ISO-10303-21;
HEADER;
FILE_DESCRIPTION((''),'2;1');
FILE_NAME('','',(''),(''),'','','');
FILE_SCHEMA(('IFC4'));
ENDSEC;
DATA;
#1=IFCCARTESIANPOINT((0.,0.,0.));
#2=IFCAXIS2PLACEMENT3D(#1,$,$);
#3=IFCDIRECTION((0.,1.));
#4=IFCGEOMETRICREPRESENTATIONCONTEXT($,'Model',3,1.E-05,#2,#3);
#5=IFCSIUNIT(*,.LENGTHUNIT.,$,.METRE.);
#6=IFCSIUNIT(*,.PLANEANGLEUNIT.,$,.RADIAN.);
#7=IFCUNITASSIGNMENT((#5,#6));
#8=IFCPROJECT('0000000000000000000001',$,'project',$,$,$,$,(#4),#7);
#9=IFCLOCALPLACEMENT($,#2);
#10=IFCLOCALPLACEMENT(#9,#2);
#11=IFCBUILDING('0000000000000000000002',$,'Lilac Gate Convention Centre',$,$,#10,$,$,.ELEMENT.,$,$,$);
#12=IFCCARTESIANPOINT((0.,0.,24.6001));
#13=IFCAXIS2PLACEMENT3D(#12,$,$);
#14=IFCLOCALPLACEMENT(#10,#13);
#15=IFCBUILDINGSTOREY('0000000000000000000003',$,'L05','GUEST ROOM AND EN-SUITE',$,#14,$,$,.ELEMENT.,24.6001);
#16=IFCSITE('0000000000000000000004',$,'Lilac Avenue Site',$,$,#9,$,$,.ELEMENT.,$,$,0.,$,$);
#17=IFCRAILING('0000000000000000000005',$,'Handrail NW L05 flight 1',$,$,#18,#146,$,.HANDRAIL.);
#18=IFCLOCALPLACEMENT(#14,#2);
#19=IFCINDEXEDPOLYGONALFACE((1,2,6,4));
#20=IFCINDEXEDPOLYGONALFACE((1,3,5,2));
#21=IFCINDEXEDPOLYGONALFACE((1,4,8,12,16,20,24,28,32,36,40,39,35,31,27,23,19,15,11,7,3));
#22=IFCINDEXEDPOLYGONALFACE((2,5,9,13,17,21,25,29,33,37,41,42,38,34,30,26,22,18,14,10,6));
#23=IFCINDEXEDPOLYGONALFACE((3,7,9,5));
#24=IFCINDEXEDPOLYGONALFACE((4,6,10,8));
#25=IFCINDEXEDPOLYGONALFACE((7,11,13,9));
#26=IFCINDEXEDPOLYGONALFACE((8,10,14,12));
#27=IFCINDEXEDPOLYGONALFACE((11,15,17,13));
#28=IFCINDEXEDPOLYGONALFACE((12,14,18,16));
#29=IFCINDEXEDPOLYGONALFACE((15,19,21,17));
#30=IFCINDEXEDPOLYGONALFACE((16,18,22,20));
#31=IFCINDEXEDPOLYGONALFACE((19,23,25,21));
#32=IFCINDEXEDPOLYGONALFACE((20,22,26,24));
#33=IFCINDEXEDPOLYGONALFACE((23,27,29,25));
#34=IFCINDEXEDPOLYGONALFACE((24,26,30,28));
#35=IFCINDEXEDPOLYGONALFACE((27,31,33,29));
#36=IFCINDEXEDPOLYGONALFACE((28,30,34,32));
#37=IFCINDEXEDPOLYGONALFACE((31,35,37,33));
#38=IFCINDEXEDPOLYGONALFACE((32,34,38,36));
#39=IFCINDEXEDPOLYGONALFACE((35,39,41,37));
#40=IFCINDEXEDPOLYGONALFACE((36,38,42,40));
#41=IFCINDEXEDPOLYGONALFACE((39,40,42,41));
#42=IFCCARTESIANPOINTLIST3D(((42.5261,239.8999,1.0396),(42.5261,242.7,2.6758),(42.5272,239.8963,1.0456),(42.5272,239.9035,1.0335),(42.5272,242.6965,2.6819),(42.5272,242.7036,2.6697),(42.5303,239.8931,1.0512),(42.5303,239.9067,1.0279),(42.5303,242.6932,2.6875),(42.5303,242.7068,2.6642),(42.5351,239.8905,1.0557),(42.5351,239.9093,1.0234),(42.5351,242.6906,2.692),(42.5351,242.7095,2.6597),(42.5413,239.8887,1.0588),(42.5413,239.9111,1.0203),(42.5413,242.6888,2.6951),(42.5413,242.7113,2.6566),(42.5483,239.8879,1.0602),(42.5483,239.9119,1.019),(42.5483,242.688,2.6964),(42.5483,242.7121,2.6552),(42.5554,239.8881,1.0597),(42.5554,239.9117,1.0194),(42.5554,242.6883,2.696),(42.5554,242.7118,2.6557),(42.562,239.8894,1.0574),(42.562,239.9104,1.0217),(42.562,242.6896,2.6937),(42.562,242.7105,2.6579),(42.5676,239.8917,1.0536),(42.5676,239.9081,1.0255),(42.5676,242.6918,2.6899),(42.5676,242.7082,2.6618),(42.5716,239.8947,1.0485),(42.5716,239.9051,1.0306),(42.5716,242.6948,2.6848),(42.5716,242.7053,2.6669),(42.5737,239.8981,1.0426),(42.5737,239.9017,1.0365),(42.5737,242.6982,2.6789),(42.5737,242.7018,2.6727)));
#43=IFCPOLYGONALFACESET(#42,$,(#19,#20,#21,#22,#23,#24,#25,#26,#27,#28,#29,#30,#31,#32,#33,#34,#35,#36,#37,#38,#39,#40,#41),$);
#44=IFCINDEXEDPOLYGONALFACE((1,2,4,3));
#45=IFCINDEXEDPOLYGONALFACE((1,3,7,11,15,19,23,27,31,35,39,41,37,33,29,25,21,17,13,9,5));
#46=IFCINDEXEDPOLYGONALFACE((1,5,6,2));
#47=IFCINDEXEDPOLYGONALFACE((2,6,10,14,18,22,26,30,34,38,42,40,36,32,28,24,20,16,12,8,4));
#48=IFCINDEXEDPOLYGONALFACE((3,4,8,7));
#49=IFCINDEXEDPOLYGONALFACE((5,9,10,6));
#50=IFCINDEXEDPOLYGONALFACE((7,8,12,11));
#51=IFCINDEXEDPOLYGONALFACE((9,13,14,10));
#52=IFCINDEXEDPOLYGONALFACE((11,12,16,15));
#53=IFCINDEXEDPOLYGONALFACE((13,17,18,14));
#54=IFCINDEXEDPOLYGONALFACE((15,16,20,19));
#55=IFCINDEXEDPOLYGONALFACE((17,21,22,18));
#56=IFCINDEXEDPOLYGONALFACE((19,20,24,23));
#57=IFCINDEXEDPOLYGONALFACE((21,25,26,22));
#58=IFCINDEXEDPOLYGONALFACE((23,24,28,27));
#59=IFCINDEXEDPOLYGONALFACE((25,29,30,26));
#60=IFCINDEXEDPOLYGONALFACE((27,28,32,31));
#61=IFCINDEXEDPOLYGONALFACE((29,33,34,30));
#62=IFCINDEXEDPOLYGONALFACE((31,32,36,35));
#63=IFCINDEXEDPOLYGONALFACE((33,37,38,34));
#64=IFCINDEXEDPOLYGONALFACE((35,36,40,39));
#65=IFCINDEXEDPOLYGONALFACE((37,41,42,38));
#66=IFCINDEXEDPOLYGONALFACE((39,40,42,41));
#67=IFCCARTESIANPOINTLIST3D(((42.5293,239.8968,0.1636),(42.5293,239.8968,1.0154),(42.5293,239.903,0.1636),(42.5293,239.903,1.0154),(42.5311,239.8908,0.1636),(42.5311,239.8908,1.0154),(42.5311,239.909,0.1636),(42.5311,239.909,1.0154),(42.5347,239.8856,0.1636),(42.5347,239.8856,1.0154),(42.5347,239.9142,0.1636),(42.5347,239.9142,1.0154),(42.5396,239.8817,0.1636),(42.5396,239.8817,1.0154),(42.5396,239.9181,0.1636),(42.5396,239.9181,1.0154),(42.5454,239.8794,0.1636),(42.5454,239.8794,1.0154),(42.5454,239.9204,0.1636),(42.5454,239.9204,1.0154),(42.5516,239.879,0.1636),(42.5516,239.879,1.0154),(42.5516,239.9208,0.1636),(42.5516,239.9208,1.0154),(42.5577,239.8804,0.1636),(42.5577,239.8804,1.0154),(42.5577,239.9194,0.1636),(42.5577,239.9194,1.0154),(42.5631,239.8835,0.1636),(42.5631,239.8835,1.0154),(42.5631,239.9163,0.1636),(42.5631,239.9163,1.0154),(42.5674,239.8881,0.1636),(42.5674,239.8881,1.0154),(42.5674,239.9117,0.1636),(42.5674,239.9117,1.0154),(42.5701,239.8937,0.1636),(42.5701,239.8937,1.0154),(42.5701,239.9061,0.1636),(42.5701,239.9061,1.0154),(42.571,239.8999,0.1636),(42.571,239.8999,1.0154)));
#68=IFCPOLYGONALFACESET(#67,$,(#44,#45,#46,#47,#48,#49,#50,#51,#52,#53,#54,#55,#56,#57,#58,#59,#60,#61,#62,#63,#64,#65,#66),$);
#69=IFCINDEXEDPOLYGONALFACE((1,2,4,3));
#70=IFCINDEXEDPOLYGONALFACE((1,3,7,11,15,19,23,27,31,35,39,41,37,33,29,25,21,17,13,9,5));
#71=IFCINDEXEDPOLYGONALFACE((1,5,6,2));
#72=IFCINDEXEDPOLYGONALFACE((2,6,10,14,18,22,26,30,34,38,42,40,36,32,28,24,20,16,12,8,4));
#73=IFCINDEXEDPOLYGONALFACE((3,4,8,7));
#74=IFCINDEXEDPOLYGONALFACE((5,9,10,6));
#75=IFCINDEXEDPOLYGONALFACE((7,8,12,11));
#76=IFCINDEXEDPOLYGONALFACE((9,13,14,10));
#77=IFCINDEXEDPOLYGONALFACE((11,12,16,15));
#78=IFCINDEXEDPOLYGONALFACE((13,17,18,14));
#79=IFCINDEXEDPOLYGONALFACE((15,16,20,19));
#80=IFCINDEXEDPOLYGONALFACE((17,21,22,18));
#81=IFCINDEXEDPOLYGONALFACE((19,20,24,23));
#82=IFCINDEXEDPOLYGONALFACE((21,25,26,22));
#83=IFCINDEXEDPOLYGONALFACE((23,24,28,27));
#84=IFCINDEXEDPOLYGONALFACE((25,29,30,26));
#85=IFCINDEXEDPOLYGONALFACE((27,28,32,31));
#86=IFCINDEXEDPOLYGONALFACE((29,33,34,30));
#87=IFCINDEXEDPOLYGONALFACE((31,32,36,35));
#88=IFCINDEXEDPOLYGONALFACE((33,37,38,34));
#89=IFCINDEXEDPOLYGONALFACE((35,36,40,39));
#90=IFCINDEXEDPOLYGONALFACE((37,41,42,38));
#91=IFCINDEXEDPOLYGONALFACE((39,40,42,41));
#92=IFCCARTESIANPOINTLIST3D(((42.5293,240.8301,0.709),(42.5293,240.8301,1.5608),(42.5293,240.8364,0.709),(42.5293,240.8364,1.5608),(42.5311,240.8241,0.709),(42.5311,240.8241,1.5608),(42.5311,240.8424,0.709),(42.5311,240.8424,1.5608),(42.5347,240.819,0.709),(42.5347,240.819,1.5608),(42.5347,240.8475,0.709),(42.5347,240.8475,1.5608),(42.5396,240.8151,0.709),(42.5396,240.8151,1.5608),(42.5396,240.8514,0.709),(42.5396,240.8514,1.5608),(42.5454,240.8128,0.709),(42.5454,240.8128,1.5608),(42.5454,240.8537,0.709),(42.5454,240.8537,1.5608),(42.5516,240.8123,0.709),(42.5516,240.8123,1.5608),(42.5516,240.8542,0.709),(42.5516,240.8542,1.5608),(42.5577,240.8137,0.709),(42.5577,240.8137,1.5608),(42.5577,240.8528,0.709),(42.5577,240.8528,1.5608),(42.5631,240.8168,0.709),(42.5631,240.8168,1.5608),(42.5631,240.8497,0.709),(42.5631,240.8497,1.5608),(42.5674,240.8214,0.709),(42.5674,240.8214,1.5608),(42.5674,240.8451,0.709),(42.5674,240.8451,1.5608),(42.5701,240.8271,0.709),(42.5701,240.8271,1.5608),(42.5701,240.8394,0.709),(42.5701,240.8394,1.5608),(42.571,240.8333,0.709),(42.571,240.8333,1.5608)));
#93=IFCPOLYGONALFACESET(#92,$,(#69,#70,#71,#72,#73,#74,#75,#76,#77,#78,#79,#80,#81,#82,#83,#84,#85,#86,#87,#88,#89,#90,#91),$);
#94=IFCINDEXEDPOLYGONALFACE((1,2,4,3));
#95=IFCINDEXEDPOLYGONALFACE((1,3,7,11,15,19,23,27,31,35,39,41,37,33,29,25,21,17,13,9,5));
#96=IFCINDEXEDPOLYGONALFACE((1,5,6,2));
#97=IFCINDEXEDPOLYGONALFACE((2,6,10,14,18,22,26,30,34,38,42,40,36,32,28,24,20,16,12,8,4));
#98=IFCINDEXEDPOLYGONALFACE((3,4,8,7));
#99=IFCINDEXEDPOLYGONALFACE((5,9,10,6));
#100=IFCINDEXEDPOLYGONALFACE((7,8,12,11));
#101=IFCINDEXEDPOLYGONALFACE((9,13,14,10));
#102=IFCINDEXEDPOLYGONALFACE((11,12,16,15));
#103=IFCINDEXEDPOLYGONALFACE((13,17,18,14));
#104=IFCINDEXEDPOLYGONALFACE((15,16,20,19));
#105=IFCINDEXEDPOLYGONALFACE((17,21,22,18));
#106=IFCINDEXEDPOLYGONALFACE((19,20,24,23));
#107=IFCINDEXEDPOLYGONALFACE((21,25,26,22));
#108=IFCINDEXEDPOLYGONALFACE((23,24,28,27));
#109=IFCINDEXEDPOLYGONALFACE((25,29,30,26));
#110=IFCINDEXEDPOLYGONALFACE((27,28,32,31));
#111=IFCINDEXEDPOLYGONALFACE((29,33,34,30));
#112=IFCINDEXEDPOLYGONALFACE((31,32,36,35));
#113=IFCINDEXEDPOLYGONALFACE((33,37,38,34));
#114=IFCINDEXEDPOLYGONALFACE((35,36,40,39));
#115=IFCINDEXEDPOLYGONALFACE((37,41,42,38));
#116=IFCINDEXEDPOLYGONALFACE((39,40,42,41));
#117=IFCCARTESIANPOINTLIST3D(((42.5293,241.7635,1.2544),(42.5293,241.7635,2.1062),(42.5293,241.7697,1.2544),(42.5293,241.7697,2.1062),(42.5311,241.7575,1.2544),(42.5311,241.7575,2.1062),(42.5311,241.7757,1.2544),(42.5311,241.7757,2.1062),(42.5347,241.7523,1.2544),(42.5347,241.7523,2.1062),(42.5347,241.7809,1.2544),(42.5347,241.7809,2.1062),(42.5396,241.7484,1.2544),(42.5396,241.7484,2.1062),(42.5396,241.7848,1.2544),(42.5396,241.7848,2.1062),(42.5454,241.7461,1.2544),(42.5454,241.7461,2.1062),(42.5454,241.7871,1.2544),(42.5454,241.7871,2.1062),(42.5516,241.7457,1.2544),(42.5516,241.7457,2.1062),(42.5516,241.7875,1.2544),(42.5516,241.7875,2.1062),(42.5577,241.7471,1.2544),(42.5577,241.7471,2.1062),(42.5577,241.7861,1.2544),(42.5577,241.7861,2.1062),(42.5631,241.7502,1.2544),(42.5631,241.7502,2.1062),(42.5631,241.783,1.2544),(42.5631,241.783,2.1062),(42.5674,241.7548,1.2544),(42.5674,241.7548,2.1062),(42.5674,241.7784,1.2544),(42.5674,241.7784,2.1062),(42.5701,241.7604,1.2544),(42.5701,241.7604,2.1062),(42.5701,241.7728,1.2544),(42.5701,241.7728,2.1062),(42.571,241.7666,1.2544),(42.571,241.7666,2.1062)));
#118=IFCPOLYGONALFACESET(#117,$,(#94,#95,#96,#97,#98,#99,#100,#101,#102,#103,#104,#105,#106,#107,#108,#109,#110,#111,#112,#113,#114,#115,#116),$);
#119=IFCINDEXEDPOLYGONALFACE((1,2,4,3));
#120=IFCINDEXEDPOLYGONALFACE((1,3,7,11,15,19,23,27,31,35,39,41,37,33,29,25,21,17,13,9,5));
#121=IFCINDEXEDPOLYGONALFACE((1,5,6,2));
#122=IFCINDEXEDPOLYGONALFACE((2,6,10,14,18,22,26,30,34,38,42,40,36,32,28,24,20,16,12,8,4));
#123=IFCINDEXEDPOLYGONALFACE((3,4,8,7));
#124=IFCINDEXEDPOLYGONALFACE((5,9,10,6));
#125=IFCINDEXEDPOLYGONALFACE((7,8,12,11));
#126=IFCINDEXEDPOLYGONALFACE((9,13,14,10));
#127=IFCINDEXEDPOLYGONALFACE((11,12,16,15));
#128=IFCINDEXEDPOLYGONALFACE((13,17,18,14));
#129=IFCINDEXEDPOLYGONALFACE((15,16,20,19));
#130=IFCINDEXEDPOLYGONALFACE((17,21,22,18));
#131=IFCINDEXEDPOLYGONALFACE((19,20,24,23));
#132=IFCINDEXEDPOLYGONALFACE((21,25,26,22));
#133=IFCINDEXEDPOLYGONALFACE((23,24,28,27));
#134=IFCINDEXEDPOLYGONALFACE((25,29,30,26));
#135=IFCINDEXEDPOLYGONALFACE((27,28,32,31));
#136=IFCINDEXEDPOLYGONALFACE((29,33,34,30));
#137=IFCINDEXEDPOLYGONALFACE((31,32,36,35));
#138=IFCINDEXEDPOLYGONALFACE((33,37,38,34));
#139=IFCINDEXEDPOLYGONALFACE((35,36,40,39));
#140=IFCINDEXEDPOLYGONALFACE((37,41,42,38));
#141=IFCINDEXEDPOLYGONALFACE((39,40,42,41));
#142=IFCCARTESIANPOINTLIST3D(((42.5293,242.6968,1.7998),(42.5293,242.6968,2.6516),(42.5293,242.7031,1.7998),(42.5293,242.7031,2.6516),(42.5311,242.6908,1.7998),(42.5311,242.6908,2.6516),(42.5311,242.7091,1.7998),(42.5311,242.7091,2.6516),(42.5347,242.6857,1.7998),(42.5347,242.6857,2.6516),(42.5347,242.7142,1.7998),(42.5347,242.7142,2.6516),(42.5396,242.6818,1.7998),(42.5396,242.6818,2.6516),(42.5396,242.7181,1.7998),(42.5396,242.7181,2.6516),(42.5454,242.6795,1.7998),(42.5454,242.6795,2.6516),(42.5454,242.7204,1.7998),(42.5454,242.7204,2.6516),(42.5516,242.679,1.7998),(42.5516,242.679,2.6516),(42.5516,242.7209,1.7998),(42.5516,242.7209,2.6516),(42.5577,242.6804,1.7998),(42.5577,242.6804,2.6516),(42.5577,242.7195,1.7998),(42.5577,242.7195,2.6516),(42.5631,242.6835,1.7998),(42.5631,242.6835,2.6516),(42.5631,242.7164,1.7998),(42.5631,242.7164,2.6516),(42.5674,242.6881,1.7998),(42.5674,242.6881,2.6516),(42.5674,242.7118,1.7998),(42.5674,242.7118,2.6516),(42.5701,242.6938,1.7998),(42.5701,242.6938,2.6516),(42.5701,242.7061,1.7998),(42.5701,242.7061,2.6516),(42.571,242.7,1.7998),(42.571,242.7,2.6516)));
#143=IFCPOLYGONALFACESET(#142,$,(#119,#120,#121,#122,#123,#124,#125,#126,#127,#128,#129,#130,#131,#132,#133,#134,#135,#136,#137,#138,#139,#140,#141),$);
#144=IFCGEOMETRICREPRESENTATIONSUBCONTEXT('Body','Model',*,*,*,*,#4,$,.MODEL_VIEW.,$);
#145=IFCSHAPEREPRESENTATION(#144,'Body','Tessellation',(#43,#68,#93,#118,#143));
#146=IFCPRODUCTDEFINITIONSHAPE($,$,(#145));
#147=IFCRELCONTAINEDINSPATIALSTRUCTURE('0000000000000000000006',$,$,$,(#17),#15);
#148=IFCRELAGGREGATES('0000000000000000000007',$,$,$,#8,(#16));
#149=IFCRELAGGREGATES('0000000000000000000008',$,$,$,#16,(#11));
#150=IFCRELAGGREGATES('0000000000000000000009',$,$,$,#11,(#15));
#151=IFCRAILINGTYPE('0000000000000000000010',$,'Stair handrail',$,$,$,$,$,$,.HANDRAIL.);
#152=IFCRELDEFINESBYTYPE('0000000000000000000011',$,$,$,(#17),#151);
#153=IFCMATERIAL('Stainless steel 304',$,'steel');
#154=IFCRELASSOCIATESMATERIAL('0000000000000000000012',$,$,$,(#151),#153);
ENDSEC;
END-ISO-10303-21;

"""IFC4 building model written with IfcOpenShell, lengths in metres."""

from ifc_helpers import new_model, si_unit, direction, frame, origin, origin_2d, place, context, subcontext, project, spatial, circle, extrude, material, type_object, element, save


model = new_model("IFC4")

# Units and contexts
model_context = context("Model", 3, precision=1e-05, world=origin(), true_north=direction((0.0, 1.0)))
body_context = subcontext(model_context, "Body", "Model", "MODEL_VIEW")
ifc_project = project(units=[si_unit("LENGTHUNIT", "METRE"), si_unit("PLANEANGLEUNIT", "RADIAN")], contexts=[model_context])

# Site, building, storey
site_placement = place(None, origin())
site = spatial("IfcSite", under=ifc_project, at=site_placement, Name="Lilac Avenue Site", CompositionType="ELEMENT", RefElevation=0.0)
building_placement = place(site_placement, origin())
building = spatial("IfcBuilding", under=site, at=building_placement, Name="Lilac Gate Convention Centre", CompositionType="ELEMENT")
storey_placement = place(building_placement, frame((0.0, 0.0, 24.6001)))
storey = spatial("IfcBuildingStorey", under=building, at=storey_placement, Name="L05", Description="GUEST ROOM AND EN-SUITE", CompositionType="ELEMENT", Elevation=24.6001)

# Railing
ifc_material_1 = material(Name="Stainless steel 304", Category="steel")
railing_type = type_object("IfcRailingType", Name="Stair handrail", PredefinedType="HANDRAIL", material=ifc_material_1)
for number, where, name in (
    (1, (42.55, 239.8999, 0.1636), "Handrail NW L05 flight 1"),
):
    element("IfcRailing", number, at=place(storey_placement, frame(where)), inside=storey, type_object=railing_type, Name=name, PredefinedType="HANDRAIL", context=body_context, shape_type="SweptSolid", body=[
        extrude(circle(Radius=0.0239, at=origin_2d()), frame((0.0, 0.0, 0.876), z_axis=(0.0, 0.863394, 0.504531), x_axis=(-1.0, 0.0, 0.0)), (0.0, 0.0, 1.0), 3.2432),
        extrude(circle(Radius=0.021, at=origin_2d()), origin(), (0.0, 0.0, 1.0), 0.8518),
        extrude(circle(Radius=0.021, at=origin_2d()), frame((0.0, 0.9333, 0.5454)), (0.0, 0.0, 1.0), 0.8518),
        extrude(circle(Radius=0.021, at=origin_2d()), frame((0.0, 1.8667, 1.0908)), (0.0, 0.0, 1.0), 0.8518),
        extrude(circle(Radius=0.021, at=origin_2d()), frame((0.0, 2.8, 1.6362)), (0.0, 0.0, 1.0), 0.8518),
    ])

save(model, "model.ifc")
